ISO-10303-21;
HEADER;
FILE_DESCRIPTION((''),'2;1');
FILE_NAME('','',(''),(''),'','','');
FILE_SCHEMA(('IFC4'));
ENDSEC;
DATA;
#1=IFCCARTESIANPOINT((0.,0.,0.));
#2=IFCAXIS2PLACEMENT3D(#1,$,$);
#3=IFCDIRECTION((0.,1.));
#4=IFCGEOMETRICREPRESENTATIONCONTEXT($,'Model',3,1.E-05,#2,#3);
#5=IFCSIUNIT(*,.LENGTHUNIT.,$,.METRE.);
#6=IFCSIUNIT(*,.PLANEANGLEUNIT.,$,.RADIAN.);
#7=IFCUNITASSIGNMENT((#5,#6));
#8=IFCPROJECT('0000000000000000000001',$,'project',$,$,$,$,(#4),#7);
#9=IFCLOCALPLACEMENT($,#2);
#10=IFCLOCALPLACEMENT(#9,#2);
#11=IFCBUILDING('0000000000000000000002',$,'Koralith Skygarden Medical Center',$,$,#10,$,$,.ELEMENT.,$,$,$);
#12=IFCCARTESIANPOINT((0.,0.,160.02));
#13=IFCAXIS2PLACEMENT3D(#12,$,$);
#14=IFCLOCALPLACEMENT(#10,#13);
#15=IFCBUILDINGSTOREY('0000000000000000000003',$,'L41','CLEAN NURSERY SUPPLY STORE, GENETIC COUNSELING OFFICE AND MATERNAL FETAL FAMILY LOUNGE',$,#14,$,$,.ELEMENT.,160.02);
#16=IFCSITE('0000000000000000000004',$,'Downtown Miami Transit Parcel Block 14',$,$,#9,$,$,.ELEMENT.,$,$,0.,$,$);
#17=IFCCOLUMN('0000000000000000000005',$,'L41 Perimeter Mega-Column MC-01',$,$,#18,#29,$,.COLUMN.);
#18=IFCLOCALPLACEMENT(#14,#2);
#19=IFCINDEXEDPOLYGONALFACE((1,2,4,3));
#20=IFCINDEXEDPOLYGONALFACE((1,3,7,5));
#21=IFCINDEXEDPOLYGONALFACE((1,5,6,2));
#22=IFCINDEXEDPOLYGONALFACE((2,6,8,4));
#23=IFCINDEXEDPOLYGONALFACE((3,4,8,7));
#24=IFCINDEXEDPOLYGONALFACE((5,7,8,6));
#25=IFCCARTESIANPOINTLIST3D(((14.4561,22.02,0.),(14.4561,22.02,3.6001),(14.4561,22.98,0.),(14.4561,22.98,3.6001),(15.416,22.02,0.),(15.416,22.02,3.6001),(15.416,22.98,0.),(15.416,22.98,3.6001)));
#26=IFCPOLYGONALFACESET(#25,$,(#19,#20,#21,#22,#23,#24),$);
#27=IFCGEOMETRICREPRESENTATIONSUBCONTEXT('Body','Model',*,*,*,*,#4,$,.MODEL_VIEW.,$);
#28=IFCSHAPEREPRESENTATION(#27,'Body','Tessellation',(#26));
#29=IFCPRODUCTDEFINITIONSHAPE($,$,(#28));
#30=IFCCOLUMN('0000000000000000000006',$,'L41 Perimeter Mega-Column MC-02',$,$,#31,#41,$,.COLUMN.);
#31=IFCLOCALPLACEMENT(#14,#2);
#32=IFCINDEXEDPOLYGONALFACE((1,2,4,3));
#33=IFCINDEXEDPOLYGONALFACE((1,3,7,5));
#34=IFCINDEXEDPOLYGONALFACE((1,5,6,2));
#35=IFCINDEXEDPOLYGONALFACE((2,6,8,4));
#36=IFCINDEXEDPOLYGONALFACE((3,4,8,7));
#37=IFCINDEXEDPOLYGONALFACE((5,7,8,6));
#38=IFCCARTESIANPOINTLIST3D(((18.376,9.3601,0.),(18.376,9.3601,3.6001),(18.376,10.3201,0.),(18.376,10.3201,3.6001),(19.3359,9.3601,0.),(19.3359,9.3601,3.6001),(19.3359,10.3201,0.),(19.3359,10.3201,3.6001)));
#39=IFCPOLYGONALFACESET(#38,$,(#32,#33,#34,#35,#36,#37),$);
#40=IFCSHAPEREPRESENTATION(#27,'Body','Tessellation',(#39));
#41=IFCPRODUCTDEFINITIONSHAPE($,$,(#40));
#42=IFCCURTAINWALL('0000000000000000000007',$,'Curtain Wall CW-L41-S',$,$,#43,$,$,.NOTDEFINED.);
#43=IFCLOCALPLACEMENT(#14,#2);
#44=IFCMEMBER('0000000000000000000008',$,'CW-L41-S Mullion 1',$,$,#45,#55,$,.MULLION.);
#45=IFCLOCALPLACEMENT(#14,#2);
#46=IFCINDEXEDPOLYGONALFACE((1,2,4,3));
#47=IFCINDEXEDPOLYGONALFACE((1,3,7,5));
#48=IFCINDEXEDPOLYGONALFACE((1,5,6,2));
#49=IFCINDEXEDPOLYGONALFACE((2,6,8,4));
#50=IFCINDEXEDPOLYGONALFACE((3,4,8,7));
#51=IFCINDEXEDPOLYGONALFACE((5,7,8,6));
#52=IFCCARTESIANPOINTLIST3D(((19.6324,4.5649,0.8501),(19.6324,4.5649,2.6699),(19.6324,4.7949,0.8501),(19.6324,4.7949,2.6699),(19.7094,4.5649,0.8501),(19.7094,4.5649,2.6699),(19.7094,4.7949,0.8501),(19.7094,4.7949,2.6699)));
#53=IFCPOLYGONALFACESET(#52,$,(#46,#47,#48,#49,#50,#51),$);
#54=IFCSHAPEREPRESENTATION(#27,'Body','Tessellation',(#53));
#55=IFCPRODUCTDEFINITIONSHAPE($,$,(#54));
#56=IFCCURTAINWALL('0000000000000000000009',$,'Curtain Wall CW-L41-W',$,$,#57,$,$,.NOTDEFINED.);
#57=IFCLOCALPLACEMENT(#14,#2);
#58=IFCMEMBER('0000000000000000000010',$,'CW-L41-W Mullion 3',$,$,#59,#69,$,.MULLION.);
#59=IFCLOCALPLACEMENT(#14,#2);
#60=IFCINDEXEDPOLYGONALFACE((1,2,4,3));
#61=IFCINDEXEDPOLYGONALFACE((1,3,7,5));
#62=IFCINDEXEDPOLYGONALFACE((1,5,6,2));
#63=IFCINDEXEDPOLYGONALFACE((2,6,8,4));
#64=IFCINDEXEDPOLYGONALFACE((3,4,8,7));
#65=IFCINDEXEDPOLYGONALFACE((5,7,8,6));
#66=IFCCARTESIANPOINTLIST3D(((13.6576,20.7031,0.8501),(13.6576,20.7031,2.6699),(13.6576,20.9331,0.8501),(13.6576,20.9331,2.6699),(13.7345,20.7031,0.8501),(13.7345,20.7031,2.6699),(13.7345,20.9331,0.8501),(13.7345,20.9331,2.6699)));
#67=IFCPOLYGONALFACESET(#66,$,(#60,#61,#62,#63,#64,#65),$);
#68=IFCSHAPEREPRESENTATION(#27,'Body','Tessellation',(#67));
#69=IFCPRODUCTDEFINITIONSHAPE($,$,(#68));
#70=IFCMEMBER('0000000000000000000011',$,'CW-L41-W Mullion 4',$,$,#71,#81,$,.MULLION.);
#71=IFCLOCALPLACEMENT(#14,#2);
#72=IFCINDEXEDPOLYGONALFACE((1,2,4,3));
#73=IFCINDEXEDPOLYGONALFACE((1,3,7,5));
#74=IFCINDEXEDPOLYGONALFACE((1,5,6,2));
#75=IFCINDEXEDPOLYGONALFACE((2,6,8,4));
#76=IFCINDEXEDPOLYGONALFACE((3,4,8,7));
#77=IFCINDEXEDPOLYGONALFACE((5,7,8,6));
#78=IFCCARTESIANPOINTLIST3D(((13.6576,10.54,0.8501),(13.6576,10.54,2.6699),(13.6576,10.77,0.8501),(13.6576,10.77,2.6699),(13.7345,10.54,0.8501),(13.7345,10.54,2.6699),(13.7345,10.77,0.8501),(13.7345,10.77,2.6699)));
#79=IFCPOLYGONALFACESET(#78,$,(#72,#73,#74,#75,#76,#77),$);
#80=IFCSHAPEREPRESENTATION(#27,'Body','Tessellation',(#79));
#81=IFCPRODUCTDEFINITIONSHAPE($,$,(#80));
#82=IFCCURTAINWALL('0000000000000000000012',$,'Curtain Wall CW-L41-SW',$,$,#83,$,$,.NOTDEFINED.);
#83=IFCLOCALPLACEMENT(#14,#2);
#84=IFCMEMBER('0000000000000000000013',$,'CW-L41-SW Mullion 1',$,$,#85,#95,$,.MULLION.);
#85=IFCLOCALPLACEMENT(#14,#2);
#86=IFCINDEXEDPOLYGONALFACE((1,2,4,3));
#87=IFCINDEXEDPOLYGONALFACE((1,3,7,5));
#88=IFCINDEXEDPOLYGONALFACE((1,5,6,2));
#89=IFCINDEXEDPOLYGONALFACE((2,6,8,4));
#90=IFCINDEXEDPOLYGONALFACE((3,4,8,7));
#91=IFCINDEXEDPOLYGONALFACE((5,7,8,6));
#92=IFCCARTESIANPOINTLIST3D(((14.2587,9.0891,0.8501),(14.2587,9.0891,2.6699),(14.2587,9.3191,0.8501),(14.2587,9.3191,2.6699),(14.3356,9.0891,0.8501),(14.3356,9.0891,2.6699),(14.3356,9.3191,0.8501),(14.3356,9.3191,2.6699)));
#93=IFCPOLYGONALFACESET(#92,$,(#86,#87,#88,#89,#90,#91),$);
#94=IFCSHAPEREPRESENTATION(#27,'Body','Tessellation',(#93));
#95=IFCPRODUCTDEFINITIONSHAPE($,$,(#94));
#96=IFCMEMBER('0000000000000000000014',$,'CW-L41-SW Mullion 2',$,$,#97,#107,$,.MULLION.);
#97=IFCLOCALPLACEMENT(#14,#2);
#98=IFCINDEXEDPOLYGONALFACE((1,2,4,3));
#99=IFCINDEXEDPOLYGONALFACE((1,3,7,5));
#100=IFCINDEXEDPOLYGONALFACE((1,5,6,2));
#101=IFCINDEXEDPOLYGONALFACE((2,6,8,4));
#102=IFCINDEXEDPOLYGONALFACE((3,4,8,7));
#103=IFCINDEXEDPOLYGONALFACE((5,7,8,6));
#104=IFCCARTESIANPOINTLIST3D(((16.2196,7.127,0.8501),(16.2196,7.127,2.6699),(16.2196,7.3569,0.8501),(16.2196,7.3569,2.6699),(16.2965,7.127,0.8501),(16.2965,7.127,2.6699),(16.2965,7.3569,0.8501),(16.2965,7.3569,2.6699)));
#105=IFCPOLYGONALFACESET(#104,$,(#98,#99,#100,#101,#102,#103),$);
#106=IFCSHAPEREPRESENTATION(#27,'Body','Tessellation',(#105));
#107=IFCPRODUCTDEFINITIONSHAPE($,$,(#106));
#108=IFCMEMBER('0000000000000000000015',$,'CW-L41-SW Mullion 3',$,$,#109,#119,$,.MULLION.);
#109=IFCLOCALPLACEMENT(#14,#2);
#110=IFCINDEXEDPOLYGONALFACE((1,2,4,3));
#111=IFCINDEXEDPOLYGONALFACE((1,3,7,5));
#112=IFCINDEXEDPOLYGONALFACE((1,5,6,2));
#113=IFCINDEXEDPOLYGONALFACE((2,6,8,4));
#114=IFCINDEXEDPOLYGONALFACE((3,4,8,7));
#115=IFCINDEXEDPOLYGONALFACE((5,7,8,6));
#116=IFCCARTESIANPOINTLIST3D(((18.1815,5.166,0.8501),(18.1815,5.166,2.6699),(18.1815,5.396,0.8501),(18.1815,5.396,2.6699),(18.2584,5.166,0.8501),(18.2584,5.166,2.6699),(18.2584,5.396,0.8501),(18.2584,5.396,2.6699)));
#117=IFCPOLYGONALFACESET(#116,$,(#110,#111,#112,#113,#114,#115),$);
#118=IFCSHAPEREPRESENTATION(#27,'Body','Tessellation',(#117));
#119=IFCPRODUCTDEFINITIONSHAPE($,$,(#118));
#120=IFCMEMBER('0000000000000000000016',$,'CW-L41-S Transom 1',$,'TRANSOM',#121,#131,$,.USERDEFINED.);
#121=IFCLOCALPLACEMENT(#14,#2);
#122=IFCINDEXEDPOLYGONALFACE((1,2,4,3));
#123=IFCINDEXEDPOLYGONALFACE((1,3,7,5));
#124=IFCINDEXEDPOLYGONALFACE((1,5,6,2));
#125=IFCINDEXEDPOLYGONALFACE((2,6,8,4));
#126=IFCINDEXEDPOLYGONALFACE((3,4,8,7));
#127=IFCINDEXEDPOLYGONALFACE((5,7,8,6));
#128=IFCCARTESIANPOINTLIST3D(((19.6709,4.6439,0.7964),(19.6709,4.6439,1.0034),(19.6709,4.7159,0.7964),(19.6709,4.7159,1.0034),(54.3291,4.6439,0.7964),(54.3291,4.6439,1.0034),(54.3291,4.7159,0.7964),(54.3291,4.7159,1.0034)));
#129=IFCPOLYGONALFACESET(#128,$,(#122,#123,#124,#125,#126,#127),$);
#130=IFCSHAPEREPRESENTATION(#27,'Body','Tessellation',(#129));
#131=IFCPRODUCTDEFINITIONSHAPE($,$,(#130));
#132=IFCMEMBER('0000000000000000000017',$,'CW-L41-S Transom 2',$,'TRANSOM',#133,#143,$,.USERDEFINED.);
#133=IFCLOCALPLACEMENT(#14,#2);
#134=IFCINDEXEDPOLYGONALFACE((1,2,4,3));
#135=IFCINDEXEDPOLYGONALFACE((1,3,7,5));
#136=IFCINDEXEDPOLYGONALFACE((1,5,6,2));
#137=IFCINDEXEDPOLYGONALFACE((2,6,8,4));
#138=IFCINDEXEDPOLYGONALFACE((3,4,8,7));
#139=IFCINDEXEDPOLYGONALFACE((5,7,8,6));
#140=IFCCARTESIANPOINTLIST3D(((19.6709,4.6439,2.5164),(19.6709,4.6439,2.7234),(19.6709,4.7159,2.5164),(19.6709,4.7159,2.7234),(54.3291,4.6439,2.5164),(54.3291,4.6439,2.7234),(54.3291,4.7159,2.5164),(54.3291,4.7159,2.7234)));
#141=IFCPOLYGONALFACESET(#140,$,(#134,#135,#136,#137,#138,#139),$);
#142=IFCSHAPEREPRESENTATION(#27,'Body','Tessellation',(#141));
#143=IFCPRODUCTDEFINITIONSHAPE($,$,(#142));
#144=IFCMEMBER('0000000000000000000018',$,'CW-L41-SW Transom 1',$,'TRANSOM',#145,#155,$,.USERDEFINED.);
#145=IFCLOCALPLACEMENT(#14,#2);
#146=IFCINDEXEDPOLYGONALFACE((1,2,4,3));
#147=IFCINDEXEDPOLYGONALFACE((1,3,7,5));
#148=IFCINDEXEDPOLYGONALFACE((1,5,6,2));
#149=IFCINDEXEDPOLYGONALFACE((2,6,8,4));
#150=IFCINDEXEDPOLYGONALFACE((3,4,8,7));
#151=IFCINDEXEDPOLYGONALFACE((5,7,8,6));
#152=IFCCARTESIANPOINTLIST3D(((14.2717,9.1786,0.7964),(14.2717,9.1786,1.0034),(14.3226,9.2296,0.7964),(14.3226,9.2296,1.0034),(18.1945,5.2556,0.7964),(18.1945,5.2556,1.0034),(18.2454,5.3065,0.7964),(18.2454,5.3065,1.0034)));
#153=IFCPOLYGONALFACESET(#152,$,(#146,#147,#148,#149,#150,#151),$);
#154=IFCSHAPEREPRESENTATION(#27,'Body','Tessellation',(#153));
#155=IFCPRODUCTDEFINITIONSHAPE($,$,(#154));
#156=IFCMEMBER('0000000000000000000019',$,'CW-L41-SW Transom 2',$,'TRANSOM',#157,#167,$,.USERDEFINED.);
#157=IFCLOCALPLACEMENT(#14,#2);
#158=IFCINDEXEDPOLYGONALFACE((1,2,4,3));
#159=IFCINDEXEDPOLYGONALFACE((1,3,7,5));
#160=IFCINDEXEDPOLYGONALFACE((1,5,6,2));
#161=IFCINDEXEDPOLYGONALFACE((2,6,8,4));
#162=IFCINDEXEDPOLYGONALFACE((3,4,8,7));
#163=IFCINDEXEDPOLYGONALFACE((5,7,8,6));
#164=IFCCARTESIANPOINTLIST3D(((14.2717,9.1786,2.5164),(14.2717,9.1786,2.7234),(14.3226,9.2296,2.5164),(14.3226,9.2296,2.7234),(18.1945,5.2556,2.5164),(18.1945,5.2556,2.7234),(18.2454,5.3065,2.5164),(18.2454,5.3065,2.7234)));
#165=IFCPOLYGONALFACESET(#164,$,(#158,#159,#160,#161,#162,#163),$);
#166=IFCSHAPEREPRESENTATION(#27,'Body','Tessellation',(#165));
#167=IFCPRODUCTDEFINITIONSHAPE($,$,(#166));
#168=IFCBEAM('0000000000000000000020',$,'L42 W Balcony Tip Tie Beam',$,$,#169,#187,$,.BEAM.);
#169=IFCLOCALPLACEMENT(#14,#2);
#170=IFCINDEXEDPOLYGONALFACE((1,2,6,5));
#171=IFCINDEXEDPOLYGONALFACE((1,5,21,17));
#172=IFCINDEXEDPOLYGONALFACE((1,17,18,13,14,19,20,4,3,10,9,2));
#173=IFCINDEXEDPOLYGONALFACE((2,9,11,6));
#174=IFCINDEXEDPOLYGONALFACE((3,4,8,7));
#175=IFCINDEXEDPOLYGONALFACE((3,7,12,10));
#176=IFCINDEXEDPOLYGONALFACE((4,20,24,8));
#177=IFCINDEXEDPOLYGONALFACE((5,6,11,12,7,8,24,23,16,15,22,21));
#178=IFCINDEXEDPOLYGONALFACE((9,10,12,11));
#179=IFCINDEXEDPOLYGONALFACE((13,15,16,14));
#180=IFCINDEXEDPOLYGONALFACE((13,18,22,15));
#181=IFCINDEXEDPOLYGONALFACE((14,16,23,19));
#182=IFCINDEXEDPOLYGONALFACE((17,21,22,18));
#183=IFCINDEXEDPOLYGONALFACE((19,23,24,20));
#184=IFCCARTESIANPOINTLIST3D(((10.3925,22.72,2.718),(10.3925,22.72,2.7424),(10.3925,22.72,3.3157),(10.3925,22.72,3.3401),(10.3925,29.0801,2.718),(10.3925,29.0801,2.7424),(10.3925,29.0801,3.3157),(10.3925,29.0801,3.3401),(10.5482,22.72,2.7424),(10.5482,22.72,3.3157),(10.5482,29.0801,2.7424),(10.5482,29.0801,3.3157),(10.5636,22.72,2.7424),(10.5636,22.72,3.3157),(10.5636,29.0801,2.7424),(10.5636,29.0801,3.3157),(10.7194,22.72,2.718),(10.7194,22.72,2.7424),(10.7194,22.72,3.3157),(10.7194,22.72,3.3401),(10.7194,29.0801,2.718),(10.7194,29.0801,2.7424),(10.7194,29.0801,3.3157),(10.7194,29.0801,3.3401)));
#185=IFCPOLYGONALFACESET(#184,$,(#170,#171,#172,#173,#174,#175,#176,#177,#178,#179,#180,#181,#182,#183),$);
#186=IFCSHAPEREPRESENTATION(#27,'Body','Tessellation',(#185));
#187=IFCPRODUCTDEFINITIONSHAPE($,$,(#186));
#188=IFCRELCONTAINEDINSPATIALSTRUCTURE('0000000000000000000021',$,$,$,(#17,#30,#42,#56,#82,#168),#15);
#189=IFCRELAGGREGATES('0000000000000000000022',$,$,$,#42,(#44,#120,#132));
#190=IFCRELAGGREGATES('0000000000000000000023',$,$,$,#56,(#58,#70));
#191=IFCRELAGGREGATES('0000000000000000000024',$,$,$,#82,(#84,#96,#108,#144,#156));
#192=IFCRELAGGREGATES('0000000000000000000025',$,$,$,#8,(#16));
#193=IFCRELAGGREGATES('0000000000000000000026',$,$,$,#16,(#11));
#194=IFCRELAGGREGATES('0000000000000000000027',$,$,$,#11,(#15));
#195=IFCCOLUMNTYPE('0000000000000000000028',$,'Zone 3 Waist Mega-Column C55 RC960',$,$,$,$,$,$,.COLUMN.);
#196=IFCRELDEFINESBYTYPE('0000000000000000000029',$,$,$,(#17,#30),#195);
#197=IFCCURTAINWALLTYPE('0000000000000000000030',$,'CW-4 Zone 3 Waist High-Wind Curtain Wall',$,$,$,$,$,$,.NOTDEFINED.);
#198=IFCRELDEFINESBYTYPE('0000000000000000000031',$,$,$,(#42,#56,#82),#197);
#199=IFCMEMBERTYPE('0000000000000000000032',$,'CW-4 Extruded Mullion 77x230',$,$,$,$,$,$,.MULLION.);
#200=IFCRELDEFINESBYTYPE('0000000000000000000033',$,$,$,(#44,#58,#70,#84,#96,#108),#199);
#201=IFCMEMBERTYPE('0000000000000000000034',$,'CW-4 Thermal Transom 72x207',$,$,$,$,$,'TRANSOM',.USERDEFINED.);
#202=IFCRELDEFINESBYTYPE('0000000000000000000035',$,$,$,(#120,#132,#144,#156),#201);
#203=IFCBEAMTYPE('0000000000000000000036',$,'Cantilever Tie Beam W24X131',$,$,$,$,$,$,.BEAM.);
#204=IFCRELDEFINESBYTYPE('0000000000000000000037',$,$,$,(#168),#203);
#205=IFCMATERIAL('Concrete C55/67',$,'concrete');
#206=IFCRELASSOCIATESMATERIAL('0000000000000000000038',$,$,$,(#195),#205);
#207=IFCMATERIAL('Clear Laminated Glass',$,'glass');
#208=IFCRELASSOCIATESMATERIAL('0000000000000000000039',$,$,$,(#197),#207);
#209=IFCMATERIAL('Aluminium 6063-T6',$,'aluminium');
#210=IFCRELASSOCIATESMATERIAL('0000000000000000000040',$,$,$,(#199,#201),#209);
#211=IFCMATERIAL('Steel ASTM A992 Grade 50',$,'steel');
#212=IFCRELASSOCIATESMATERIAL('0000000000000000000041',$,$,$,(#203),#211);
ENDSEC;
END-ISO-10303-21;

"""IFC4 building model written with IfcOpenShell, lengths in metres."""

from ifc_helpers import new_model, si_unit, direction, frame, origin, origin_2d, place, context, subcontext, project, spatial, rectangle, i_section, extrude, material, material_profile, profile_set, type_object, element, aggregate, save


model = new_model("IFC4")

# Units and contexts
model_context = context("Model", 3, precision=1e-05, world=origin(), true_north=direction((0.0, 1.0)))
body_context = subcontext(model_context, "Body", "Model", "MODEL_VIEW")
ifc_project = project(units=[si_unit("LENGTHUNIT", "METRE"), si_unit("PLANEANGLEUNIT", "RADIAN")], contexts=[model_context])

# Site, building, storey
site_placement = place(None, origin())
site = spatial("IfcSite", under=ifc_project, at=site_placement, Name="Downtown Miami Transit Parcel Block 14", CompositionType="ELEMENT", RefElevation=0.0)
building_placement = place(site_placement, origin())
building = spatial("IfcBuilding", under=site, at=building_placement, Name="Koralith Skygarden Medical Center", CompositionType="ELEMENT")
storey_placement = place(building_placement, frame((0.0, 0.0, 160.02)))
storey = spatial("IfcBuildingStorey", under=building, at=storey_placement, Name="L41", Description="CLEAN NURSERY SUPPLY STORE, GENETIC COUNSELING OFFICE AND MATERNAL FETAL FAMILY LOUNGE", CompositionType="ELEMENT", Elevation=160.02)

# Columns
ifc_material_1 = material(Name="Concrete C55/67", Category="concrete")
ifc_material_profile_1 = material_profile(ifc_material_1, rectangle(XDim=0.96, YDim=0.96, at=origin_2d()), Name="RC960X960")
ifc_profile_set_1 = profile_set([ifc_material_profile_1], Name="Concrete C55/67")
column_type = type_object("IfcColumnType", Name="Zone 3 Waist Mega-Column C55 RC960", PredefinedType="COLUMN", material=ifc_profile_set_1)
for number, where, z_axis, x_axis, name in (
    (1, (14.936, 22.5, 0.0), (0.0, 0.0, 1.0), (1.0, 0.0, 0.0), "L41 Perimeter Mega-Column MC-01"),
    (2, (18.856, 9.8401, 0.0), (0.0, 0.0, 1.0), (1.0, 0.0, 0.0), "L41 Perimeter Mega-Column MC-02"),
):
    element("IfcColumn", number, at=place(storey_placement, frame(where, z_axis=z_axis, x_axis=x_axis)), inside=storey, type_object=column_type, Name=name, PredefinedType="COLUMN", context=body_context, shape_type="SweptSolid", body=[
        extrude(rectangle(XDim=0.96, YDim=0.96, at=origin_2d()), origin(), (0.0, 0.0, 1.0), 3.6001),
    ])

# Curtain wall, member
ifc_material_2 = material(Name="Clear Laminated Glass", Category="glass")
curtain_wall_type = type_object("IfcCurtainWallType", Name="CW-4 Zone 3 Waist High-Wind Curtain Wall", PredefinedType="NOTDEFINED", material=ifc_material_2)
curtain_wall_1_placement = place(storey_placement, origin())
curtain_wall_1 = element("IfcCurtainWall", 3, at=curtain_wall_1_placement, inside=storey, type_object=curtain_wall_type, Name="Curtain Wall CW-L41-S", PredefinedType="NOTDEFINED")
ifc_material_3 = material(Name="Aluminium 6063-T6", Category="aluminium")
ifc_material_profile_2 = material_profile(ifc_material_3, rectangle(XDim=0.0769, YDim=0.23, at=origin_2d()), Name="MUL77X230")
ifc_profile_set_2 = profile_set([ifc_material_profile_2], Name="Aluminium 6063-T6")
member_type_1 = type_object("IfcMemberType", Name="CW-4 Extruded Mullion 77x230", PredefinedType="MULLION", material=ifc_profile_set_2)
member_1_placement = place(storey_placement, frame((19.6709, 4.6799, 0.8501), z_axis=(0.0, 0.0, 1.0), x_axis=(1.0, 0.0, 0.0)))
member_1 = element("IfcMember", 4, at=member_1_placement, type_object=member_type_1, Name="CW-L41-S Mullion 1", PredefinedType="MULLION", context=body_context, shape_type="SweptSolid", body=[
    extrude(rectangle(XDim=0.0769, YDim=0.23, at=origin_2d()), origin(), (0.0, 0.0, 1.0), 1.8198),
])

# Curtain walls, members
curtain_wall_2_placement = place(storey_placement, origin())
curtain_wall_2 = element("IfcCurtainWall", 5, at=curtain_wall_2_placement, inside=storey, type_object=curtain_wall_type, Name="Curtain Wall CW-L41-W", PredefinedType="NOTDEFINED")
member_2_placement = place(storey_placement, frame((13.696, 20.8181, 0.8501), z_axis=(0.0, 0.0, 1.0), x_axis=(1.0, 0.0, 0.0)))
member_2 = element("IfcMember", 6, at=member_2_placement, type_object=member_type_1, Name="CW-L41-W Mullion 3", PredefinedType="MULLION", context=body_context, shape_type="SweptSolid", body=[
    extrude(rectangle(XDim=0.0769, YDim=0.23, at=origin_2d()), origin(), (0.0, 0.0, 1.0), 1.8198),
])
member_3_placement = place(storey_placement, frame((13.696, 10.655, 0.8501), z_axis=(0.0, 0.0, 1.0), x_axis=(1.0, 0.0, 0.0)))
member_3 = element("IfcMember", 7, at=member_3_placement, type_object=member_type_1, Name="CW-L41-W Mullion 4", PredefinedType="MULLION", context=body_context, shape_type="SweptSolid", body=[
    extrude(rectangle(XDim=0.0769, YDim=0.23, at=origin_2d()), origin(), (0.0, 0.0, 1.0), 1.8198),
])
curtain_wall_3_placement = place(storey_placement, origin())
curtain_wall_3 = element("IfcCurtainWall", 8, at=curtain_wall_3_placement, inside=storey, type_object=curtain_wall_type, Name="Curtain Wall CW-L41-SW", PredefinedType="NOTDEFINED")
member_4_placement = place(storey_placement, frame((14.2971, 9.2041, 0.8501), z_axis=(0.0, 0.0, 1.0), x_axis=(1.0, 0.0, 0.0)))
member_4 = element("IfcMember", 9, at=member_4_placement, type_object=member_type_1, Name="CW-L41-SW Mullion 1", PredefinedType="MULLION", context=body_context, shape_type="SweptSolid", body=[
    extrude(rectangle(XDim=0.0769, YDim=0.23, at=origin_2d()), origin(), (0.0, 0.0, 1.0), 1.8198),
])
member_5_placement = place(storey_placement, frame((16.2581, 7.2419, 0.8501), z_axis=(0.0, 0.0, 1.0), x_axis=(1.0, 0.0, 0.0)))
member_5 = element("IfcMember", 10, at=member_5_placement, type_object=member_type_1, Name="CW-L41-SW Mullion 2", PredefinedType="MULLION", context=body_context, shape_type="SweptSolid", body=[
    extrude(rectangle(XDim=0.0769, YDim=0.23, at=origin_2d()), origin(), (0.0, 0.0, 1.0), 1.8198),
])
member_6_placement = place(storey_placement, frame((18.22, 5.281, 0.8501), z_axis=(0.0, 0.0, 1.0), x_axis=(1.0, 0.0, 0.0)))
member_6 = element("IfcMember", 11, at=member_6_placement, type_object=member_type_1, Name="CW-L41-SW Mullion 3", PredefinedType="MULLION", context=body_context, shape_type="SweptSolid", body=[
    extrude(rectangle(XDim=0.0769, YDim=0.23, at=origin_2d()), origin(), (0.0, 0.0, 1.0), 1.8198),
])

# Members
ifc_material_profile_3 = material_profile(ifc_material_3, rectangle(XDim=0.072, YDim=0.207, at=origin_2d()), Name="TRN72X207")
ifc_profile_set_3 = profile_set([ifc_material_profile_3], Name="Aluminium 6063-T6")
member_type_2 = type_object("IfcMemberType", Name="CW-4 Thermal Transom 72x207", ElementType="TRANSOM", PredefinedType="USERDEFINED", material=ifc_profile_set_3)
member_7_placement = place(storey_placement, frame((19.6709, 4.6799, 0.8999), z_axis=(1.0, 0.0, 0.0), x_axis=(0.0, 1.0, 0.0)))
member_7 = element("IfcMember", 12, at=member_7_placement, type_object=member_type_2, Name="CW-L41-S Transom 1", ObjectType="TRANSOM", PredefinedType="USERDEFINED", context=body_context, shape_type="SweptSolid", body=[
    extrude(rectangle(XDim=0.072, YDim=0.207, at=origin_2d()), origin(), (0.0, 0.0, 1.0), 34.6582),
])
member_8_placement = place(storey_placement, frame((19.6709, 4.6799, 2.6199), z_axis=(1.0, 0.0, 0.0), x_axis=(0.0, 1.0, 0.0)))
member_8 = element("IfcMember", 13, at=member_8_placement, type_object=member_type_2, Name="CW-L41-S Transom 2", ObjectType="TRANSOM", PredefinedType="USERDEFINED", context=body_context, shape_type="SweptSolid", body=[
    extrude(rectangle(XDim=0.072, YDim=0.207, at=origin_2d()), origin(), (0.0, 0.0, 1.0), 34.6582),
])
aggregate(curtain_wall_1, [member_1, member_7, member_8])
member_9_placement = place(storey_placement, frame((14.2971, 9.2041, 0.8999), z_axis=(0.707085, -0.707129, 0.0), x_axis=(0.707129, 0.707085, 0.0)))
member_9 = element("IfcMember", 14, at=member_9_placement, type_object=member_type_2, Name="CW-L41-SW Transom 1", ObjectType="TRANSOM", PredefinedType="USERDEFINED", context=body_context, shape_type="SweptSolid", body=[
    extrude(rectangle(XDim=0.072, YDim=0.207, at=origin_2d()), origin(), (0.0, 0.0, 1.0), 5.5479),
])
member_10_placement = place(storey_placement, frame((14.2971, 9.2041, 2.6199), z_axis=(0.707085, -0.707129, 0.0), x_axis=(0.707129, 0.707085, 0.0)))
member_10 = element("IfcMember", 15, at=member_10_placement, type_object=member_type_2, Name="CW-L41-SW Transom 2", ObjectType="TRANSOM", PredefinedType="USERDEFINED", context=body_context, shape_type="SweptSolid", body=[
    extrude(rectangle(XDim=0.072, YDim=0.207, at=origin_2d()), origin(), (0.0, 0.0, 1.0), 5.5479),
])

# Beam
ifc_material_4 = material(Name="Steel ASTM A992 Grade 50", Category="steel")
ifc_material_profile_4 = material_profile(ifc_material_4, i_section(OverallWidth=0.3269, OverallDepth=0.6221, WebThickness=0.0154, FlangeThickness=0.0244, at=origin_2d()), Name="W24X131")
ifc_profile_set_4 = profile_set([ifc_material_profile_4], Name="Steel ASTM A992 Grade 50")
beam_type_1 = type_object("IfcBeamType", Name="Cantilever Tie Beam W24X131", PredefinedType="BEAM", material=ifc_profile_set_4)
beam_1_placement = place(storey_placement, frame((10.5559, 22.72, 3.0291), z_axis=(0.0, 1.0, 0.0), x_axis=(-1.0, 0.0, 0.0)))
element("IfcBeam", 16, at=beam_1_placement, inside=storey, type_object=beam_type_1, Name="L42 W Balcony Tip Tie Beam", PredefinedType="BEAM", context=body_context, shape_type="SweptSolid", body=[
    extrude(i_section(OverallWidth=0.3269, OverallDepth=0.6221, WebThickness=0.0154, FlangeThickness=0.0244, at=origin_2d()), origin(), (0.0, 0.0, 1.0), 6.3601),
])

aggregate(curtain_wall_2, [member_2, member_3])
aggregate(curtain_wall_3, [member_4, member_5, member_6, member_9, member_10])

save(model, "model.ifc")
